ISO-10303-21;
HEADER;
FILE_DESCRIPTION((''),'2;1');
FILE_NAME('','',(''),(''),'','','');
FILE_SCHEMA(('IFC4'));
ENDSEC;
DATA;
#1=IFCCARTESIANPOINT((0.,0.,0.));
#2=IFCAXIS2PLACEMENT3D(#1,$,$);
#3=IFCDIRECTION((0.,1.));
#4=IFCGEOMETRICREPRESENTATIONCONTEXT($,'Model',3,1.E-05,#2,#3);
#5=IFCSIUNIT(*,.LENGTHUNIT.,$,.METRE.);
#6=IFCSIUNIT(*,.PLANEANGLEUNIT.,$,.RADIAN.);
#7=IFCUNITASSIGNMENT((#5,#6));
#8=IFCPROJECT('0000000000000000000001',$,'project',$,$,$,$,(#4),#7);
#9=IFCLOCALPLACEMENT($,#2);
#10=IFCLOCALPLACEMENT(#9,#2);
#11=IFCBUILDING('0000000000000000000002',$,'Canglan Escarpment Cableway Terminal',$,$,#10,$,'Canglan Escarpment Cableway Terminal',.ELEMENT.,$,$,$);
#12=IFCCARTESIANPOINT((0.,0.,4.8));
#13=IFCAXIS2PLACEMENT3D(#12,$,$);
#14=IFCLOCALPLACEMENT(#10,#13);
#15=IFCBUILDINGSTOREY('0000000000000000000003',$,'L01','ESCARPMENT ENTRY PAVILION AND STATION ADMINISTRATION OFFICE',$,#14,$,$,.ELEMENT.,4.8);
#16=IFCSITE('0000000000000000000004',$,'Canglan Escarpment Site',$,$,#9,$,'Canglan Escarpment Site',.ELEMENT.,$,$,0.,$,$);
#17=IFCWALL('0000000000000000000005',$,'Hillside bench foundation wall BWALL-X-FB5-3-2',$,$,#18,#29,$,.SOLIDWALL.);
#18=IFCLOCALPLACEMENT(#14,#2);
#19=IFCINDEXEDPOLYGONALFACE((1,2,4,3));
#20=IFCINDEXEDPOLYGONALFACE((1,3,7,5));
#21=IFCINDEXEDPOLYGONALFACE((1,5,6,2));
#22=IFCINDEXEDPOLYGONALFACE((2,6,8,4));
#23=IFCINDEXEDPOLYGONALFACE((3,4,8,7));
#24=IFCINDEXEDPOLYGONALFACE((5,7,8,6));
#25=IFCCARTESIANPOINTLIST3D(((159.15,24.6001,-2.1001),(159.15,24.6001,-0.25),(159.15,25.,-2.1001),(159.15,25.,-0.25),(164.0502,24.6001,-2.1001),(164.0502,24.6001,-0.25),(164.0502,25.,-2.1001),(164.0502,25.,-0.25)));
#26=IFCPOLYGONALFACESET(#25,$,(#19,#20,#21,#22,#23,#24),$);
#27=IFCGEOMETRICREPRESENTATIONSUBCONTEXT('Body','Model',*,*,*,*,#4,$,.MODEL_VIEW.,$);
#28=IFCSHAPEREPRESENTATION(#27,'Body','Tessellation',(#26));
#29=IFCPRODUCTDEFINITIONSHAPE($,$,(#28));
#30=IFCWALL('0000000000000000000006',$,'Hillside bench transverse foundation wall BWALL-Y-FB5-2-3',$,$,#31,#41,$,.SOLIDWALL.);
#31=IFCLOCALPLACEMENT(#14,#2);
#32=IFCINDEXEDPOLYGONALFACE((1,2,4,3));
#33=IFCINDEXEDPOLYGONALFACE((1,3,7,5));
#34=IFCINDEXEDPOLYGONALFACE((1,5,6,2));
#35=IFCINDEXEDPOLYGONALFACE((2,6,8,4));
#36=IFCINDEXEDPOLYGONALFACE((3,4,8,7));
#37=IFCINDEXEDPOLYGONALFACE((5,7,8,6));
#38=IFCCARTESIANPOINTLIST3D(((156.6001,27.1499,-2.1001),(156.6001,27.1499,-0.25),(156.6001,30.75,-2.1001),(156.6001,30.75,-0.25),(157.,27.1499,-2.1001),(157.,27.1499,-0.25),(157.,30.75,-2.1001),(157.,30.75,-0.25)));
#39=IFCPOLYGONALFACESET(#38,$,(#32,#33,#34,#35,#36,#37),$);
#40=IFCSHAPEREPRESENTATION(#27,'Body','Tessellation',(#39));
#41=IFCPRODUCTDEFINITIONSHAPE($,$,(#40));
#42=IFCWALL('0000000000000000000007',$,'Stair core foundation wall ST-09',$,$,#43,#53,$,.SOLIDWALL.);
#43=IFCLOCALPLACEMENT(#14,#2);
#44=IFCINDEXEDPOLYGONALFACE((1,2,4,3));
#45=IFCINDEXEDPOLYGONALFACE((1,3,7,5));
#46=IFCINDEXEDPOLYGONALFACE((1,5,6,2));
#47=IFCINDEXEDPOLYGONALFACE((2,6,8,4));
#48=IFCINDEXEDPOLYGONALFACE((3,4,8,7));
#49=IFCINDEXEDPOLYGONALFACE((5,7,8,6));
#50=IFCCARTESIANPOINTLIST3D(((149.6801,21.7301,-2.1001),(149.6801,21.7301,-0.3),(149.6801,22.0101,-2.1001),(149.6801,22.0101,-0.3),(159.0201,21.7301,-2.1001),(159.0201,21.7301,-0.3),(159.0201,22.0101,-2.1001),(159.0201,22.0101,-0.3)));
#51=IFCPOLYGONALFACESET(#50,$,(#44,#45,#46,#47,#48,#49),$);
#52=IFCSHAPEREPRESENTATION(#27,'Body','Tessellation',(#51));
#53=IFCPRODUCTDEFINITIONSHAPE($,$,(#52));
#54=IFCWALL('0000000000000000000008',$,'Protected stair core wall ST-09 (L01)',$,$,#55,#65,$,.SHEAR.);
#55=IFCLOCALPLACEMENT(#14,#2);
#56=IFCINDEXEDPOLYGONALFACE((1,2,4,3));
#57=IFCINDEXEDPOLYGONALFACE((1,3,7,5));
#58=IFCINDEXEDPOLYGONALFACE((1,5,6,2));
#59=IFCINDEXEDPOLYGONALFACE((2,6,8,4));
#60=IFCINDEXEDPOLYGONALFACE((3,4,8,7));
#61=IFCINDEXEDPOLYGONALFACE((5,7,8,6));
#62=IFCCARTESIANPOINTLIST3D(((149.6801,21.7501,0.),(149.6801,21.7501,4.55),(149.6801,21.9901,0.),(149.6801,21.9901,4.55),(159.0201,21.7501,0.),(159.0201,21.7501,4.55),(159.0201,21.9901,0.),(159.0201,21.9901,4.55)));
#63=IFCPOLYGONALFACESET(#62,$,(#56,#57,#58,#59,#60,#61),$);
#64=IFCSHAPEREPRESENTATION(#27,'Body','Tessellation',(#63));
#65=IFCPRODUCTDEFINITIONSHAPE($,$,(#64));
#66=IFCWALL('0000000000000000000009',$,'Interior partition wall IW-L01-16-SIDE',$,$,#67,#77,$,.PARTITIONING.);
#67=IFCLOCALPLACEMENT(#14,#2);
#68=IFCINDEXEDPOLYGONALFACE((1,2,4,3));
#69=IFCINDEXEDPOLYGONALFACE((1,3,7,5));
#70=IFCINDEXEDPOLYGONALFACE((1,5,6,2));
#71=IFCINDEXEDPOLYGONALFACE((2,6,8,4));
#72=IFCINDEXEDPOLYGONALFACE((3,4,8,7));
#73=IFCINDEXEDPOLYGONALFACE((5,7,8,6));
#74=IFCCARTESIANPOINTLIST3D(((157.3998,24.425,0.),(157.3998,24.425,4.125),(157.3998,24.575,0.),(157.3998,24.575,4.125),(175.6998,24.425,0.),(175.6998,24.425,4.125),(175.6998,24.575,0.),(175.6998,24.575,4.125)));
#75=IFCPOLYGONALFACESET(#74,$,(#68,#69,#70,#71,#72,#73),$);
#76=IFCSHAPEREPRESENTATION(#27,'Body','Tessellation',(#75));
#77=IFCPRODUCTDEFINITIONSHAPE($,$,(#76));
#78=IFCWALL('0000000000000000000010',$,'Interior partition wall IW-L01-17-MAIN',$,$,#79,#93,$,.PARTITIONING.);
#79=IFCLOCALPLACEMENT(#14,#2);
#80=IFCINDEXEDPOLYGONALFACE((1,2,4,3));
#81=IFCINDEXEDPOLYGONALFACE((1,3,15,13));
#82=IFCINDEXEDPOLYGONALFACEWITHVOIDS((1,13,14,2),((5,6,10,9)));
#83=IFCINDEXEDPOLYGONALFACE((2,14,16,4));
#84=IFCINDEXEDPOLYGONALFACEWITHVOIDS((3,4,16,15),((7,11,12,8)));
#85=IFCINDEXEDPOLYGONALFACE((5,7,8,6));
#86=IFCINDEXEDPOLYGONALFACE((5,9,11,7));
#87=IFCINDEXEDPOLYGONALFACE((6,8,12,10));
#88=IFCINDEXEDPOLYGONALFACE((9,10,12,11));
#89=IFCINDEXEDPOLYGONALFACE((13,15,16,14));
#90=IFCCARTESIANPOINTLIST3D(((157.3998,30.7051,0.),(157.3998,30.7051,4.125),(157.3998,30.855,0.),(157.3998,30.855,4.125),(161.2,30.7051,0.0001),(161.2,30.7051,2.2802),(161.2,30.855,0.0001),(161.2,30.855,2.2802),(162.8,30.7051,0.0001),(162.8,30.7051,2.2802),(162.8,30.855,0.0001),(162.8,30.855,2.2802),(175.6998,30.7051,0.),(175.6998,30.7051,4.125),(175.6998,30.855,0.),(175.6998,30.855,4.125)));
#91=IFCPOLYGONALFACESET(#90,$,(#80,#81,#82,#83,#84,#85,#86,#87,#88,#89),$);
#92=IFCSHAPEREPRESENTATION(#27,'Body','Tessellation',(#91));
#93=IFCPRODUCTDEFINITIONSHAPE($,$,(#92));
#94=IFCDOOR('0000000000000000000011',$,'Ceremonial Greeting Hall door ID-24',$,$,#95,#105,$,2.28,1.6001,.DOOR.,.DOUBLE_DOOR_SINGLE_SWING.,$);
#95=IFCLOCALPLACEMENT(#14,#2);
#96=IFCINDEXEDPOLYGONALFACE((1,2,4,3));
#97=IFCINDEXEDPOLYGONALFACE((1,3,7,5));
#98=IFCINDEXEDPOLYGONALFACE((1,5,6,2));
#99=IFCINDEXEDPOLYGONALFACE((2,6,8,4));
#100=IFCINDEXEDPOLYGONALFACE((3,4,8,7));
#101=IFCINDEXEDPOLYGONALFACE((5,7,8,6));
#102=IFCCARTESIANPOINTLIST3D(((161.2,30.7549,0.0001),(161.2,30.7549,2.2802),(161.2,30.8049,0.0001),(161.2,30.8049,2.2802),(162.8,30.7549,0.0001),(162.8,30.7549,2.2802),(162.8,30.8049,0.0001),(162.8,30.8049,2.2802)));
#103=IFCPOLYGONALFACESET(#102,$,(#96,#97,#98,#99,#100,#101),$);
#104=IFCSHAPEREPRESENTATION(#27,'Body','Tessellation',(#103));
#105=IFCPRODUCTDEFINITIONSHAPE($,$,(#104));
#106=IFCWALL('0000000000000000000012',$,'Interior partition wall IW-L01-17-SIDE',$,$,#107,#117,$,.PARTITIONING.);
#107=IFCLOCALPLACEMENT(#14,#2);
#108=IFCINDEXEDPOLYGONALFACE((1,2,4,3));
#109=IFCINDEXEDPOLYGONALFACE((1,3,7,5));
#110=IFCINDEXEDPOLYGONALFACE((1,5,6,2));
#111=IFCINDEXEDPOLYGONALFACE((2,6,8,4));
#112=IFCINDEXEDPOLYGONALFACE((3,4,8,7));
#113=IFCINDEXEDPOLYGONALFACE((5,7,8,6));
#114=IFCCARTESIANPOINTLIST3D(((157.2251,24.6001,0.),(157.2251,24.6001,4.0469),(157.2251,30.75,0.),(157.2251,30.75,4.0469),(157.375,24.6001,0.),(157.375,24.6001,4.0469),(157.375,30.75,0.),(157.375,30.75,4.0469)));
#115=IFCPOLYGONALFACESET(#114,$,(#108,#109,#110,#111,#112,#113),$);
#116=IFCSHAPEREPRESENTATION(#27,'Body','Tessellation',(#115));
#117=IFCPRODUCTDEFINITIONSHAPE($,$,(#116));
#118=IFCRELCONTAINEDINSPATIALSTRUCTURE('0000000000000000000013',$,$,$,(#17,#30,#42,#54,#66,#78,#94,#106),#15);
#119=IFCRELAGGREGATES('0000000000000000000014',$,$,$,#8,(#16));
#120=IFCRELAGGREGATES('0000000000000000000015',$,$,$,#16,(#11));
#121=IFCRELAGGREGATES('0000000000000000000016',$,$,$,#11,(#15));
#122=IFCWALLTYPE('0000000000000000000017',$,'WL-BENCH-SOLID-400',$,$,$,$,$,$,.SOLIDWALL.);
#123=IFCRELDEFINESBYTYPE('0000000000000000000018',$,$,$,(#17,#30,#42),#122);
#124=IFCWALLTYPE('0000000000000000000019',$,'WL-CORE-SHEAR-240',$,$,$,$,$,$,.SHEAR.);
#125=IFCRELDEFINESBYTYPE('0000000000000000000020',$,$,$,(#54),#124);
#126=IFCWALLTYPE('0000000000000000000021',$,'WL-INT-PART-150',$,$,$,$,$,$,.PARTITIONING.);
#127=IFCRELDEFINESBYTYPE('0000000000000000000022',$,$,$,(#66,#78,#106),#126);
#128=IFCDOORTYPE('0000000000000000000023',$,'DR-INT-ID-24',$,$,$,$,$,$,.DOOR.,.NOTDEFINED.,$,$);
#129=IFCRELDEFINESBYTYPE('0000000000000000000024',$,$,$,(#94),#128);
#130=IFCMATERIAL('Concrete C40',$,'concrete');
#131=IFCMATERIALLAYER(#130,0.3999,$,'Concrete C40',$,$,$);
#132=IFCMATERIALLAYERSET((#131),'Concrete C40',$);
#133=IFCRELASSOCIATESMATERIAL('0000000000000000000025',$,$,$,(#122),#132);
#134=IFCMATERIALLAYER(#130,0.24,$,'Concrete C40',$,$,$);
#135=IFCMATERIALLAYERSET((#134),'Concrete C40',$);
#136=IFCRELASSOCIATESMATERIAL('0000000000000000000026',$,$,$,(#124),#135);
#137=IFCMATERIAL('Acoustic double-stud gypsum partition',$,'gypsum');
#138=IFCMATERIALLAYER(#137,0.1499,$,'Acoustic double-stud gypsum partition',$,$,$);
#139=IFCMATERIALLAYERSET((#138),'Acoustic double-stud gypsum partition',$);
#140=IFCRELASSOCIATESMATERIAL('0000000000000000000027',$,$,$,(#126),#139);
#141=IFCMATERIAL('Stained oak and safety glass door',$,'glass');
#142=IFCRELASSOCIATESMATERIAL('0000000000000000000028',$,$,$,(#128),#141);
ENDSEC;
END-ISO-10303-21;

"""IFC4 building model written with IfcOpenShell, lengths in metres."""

from ifc_helpers import new_model, si_unit, direction, frame, frame_2d, origin, place, context, subcontext, project, spatial, rectangle, extrude, material, layer, layer_set, type_object, element, fill, save


model = new_model("IFC4")

# Units and contexts
model_context = context("Model", 3, precision=1e-05, world=origin(), true_north=direction((0.0, 1.0)))
body_context = subcontext(model_context, "Body", "Model", "MODEL_VIEW")
ifc_project = project(units=[si_unit("LENGTHUNIT", "METRE"), si_unit("PLANEANGLEUNIT", "RADIAN")], contexts=[model_context])

# Site, building, storey
site_placement = place(None, origin())
site = spatial("IfcSite", under=ifc_project, at=site_placement, Name="Canglan Escarpment Site", LongName="Canglan Escarpment Site", CompositionType="ELEMENT", RefElevation=0.0)
building_placement = place(site_placement, origin())
building = spatial("IfcBuilding", under=site, at=building_placement, Name="Canglan Escarpment Cableway Terminal", LongName="Canglan Escarpment Cableway Terminal", CompositionType="ELEMENT")
storey_placement = place(building_placement, frame((0.0, 0.0, 4.8)))
storey = spatial("IfcBuildingStorey", under=building, at=storey_placement, Name="L01", Description="ESCARPMENT ENTRY PAVILION AND STATION ADMINISTRATION OFFICE", CompositionType="ELEMENT", Elevation=4.8)

# Shared definitions
ifc_material_1 = material(Name="Concrete C40", Category="concrete")

# Walls
ifc_layer_1 = layer(ifc_material_1, 0.3999, Name="Concrete C40")
ifc_layer_set_1 = layer_set([ifc_layer_1], Name="Concrete C40")
wall_type_1 = type_object("IfcWallType", Name="WL-BENCH-SOLID-400", PredefinedType="SOLIDWALL", material=ifc_layer_set_1)
wall_1_placement = place(storey_placement, frame((159.1499, 24.8, -2.1001), z_axis=(0.0, 0.0, 1.0), x_axis=(1.0, 0.0, 0.0)))
element("IfcWall", 1, at=wall_1_placement, inside=storey, type_object=wall_type_1, Name="Hillside bench foundation wall BWALL-X-FB5-3-2", PredefinedType="SOLIDWALL", context=body_context, shape_type="SweptSolid", body=[
    extrude(rectangle(XDim=4.9001, YDim=0.3999, at=frame_2d((2.4502, 0.0))), origin(), (0.0, 0.0, 1.0), 1.8501),
])
wall_2_placement = place(storey_placement, frame((156.8, 27.1499, -2.1001), z_axis=(0.0, 0.0, 1.0), x_axis=(0.0, 1.0, 0.0)))
element("IfcWall", 2, at=wall_2_placement, inside=storey, type_object=wall_type_1, Name="Hillside bench transverse foundation wall BWALL-Y-FB5-2-3", PredefinedType="SOLIDWALL", context=body_context, shape_type="SweptSolid", body=[
    extrude(rectangle(XDim=3.6001, YDim=0.3999, at=frame_2d((1.8, 0.0))), origin(), (0.0, 0.0, 1.0), 1.8501),
])
wall_3_placement = place(storey_placement, frame((159.02, 21.8701, -2.1001), z_axis=(0.0, 0.0, 1.0), x_axis=(-1.0, 0.0, 0.0)))
element("IfcWall", 3, at=wall_3_placement, inside=storey, type_object=wall_type_1, Name="Stair core foundation wall ST-09", PredefinedType="SOLIDWALL", context=body_context, shape_type="SweptSolid", body=[
    extrude(rectangle(XDim=9.3401, YDim=0.28, at=frame_2d((4.6699, 0.0))), origin(), (0.0, 0.0, 1.0), 1.8),
])
ifc_layer_2 = layer(ifc_material_1, 0.24, Name="Concrete C40")
ifc_layer_set_2 = layer_set([ifc_layer_2], Name="Concrete C40")
wall_type_2 = type_object("IfcWallType", Name="WL-CORE-SHEAR-240", PredefinedType="SHEAR", material=ifc_layer_set_2)
wall_4_placement = place(storey_placement, frame((159.02, 21.8701, 0.0), z_axis=(0.0, 0.0, 1.0), x_axis=(-1.0, 0.0, 0.0)))
element("IfcWall", 4, at=wall_4_placement, inside=storey, type_object=wall_type_2, Name="Protected stair core wall ST-09 (L01)", PredefinedType="SHEAR", context=body_context, shape_type="SweptSolid", body=[
    extrude(rectangle(XDim=9.3401, YDim=0.24, at=frame_2d((4.6699, 0.0))), origin(), (0.0, 0.0, 1.0), 4.55),
])
ifc_material_2 = material(Name="Acoustic double-stud gypsum partition", Category="gypsum")
ifc_layer_3 = layer(ifc_material_2, 0.1499, Name="Acoustic double-stud gypsum partition")
ifc_layer_set_3 = layer_set([ifc_layer_3], Name="Acoustic double-stud gypsum partition")
wall_type_3 = type_object("IfcWallType", Name="WL-INT-PART-150", PredefinedType="PARTITIONING", material=ifc_layer_set_3)
wall_5_placement = place(storey_placement, frame((157.3999, 24.5, 0.0), z_axis=(0.0, 0.0, 1.0), x_axis=(1.0, 0.0, 0.0)))
element("IfcWall", 5, at=wall_5_placement, inside=storey, type_object=wall_type_3, Name="Interior partition wall IW-L01-16-SIDE", PredefinedType="PARTITIONING", context=body_context, shape_type="SweptSolid", body=[
    extrude(rectangle(XDim=18.3, YDim=0.1499, at=frame_2d((9.1499, 0.0))), origin(), (0.0, 0.0, 1.0), 4.125),
])

# Wall, opening, door
wall_6_placement = place(storey_placement, frame((157.3999, 30.78, 0.0), z_axis=(0.0, 0.0, 1.0), x_axis=(1.0, 0.0, 0.0)))
wall_6 = element("IfcWall", 6, at=wall_6_placement, inside=storey, type_object=wall_type_3, Name="Interior partition wall IW-L01-17-MAIN", PredefinedType="PARTITIONING", context=body_context, shape_type="SweptSolid", body=[
    extrude(rectangle(XDim=18.3, YDim=0.1499, at=frame_2d((9.1499, 0.0))), origin(), (0.0, 0.0, 1.0), 4.125),
])
opening_placement = place(wall_6_placement, frame((3.8, 0.0, 0.0)))
opening = element("IfcOpeningElement", 7, at=opening_placement, cuts=wall_6, PredefinedType="OPENING", context=body_context, shape_type="SweptSolid", body=[
    extrude(rectangle(XDim=1.6001, YDim=2.28, at=frame_2d((0.8, 1.1401))), frame((0.0, 0.085, 0.0), z_axis=(0.0, -1.0, 0.0), x_axis=(1.0, 0.0, 0.0)), (0.0, 0.0, 1.0), 0.1699),
])
ifc_material_3 = material(Name="Stained oak and safety glass door", Category="glass")
door_type = type_object("IfcDoorType", Name="DR-INT-ID-24", OperationType="NOTDEFINED", PredefinedType="DOOR", material=ifc_material_3)
door_placement = place(opening_placement, origin())
door = element("IfcDoor", 8, at=door_placement, inside=storey, type_object=door_type, Name="Ceremonial Greeting Hall door ID-24", OperationType="DOUBLE_DOOR_SINGLE_SWING", OverallHeight=2.28, OverallWidth=1.6001, PredefinedType="DOOR", context=body_context, shape_type="SweptSolid", body=[
    extrude(rectangle(XDim=1.6001, YDim=2.28, at=frame_2d((0.8, 1.1401))), frame((0.0, 0.0249, 0.0), z_axis=(0.0, -1.0, 0.0), x_axis=(1.0, 0.0, 0.0)), (0.0, 0.0, 1.0), 0.05),
])
fill(opening, door)

# Wall
wall_7_placement = place(storey_placement, frame((157.3, 24.6001, 0.0), z_axis=(0.0, 0.0, 1.0), x_axis=(0.0, 1.0, 0.0)))
element("IfcWall", 9, at=wall_7_placement, inside=storey, type_object=wall_type_3, Name="Interior partition wall IW-L01-17-SIDE", PredefinedType="PARTITIONING", context=body_context, shape_type="SweptSolid", body=[
    extrude(rectangle(XDim=6.1499, YDim=0.1499, at=frame_2d((3.075, 0.0))), origin(), (0.0, 0.0, 1.0), 4.0469),
])

save(model, "model.ifc")
